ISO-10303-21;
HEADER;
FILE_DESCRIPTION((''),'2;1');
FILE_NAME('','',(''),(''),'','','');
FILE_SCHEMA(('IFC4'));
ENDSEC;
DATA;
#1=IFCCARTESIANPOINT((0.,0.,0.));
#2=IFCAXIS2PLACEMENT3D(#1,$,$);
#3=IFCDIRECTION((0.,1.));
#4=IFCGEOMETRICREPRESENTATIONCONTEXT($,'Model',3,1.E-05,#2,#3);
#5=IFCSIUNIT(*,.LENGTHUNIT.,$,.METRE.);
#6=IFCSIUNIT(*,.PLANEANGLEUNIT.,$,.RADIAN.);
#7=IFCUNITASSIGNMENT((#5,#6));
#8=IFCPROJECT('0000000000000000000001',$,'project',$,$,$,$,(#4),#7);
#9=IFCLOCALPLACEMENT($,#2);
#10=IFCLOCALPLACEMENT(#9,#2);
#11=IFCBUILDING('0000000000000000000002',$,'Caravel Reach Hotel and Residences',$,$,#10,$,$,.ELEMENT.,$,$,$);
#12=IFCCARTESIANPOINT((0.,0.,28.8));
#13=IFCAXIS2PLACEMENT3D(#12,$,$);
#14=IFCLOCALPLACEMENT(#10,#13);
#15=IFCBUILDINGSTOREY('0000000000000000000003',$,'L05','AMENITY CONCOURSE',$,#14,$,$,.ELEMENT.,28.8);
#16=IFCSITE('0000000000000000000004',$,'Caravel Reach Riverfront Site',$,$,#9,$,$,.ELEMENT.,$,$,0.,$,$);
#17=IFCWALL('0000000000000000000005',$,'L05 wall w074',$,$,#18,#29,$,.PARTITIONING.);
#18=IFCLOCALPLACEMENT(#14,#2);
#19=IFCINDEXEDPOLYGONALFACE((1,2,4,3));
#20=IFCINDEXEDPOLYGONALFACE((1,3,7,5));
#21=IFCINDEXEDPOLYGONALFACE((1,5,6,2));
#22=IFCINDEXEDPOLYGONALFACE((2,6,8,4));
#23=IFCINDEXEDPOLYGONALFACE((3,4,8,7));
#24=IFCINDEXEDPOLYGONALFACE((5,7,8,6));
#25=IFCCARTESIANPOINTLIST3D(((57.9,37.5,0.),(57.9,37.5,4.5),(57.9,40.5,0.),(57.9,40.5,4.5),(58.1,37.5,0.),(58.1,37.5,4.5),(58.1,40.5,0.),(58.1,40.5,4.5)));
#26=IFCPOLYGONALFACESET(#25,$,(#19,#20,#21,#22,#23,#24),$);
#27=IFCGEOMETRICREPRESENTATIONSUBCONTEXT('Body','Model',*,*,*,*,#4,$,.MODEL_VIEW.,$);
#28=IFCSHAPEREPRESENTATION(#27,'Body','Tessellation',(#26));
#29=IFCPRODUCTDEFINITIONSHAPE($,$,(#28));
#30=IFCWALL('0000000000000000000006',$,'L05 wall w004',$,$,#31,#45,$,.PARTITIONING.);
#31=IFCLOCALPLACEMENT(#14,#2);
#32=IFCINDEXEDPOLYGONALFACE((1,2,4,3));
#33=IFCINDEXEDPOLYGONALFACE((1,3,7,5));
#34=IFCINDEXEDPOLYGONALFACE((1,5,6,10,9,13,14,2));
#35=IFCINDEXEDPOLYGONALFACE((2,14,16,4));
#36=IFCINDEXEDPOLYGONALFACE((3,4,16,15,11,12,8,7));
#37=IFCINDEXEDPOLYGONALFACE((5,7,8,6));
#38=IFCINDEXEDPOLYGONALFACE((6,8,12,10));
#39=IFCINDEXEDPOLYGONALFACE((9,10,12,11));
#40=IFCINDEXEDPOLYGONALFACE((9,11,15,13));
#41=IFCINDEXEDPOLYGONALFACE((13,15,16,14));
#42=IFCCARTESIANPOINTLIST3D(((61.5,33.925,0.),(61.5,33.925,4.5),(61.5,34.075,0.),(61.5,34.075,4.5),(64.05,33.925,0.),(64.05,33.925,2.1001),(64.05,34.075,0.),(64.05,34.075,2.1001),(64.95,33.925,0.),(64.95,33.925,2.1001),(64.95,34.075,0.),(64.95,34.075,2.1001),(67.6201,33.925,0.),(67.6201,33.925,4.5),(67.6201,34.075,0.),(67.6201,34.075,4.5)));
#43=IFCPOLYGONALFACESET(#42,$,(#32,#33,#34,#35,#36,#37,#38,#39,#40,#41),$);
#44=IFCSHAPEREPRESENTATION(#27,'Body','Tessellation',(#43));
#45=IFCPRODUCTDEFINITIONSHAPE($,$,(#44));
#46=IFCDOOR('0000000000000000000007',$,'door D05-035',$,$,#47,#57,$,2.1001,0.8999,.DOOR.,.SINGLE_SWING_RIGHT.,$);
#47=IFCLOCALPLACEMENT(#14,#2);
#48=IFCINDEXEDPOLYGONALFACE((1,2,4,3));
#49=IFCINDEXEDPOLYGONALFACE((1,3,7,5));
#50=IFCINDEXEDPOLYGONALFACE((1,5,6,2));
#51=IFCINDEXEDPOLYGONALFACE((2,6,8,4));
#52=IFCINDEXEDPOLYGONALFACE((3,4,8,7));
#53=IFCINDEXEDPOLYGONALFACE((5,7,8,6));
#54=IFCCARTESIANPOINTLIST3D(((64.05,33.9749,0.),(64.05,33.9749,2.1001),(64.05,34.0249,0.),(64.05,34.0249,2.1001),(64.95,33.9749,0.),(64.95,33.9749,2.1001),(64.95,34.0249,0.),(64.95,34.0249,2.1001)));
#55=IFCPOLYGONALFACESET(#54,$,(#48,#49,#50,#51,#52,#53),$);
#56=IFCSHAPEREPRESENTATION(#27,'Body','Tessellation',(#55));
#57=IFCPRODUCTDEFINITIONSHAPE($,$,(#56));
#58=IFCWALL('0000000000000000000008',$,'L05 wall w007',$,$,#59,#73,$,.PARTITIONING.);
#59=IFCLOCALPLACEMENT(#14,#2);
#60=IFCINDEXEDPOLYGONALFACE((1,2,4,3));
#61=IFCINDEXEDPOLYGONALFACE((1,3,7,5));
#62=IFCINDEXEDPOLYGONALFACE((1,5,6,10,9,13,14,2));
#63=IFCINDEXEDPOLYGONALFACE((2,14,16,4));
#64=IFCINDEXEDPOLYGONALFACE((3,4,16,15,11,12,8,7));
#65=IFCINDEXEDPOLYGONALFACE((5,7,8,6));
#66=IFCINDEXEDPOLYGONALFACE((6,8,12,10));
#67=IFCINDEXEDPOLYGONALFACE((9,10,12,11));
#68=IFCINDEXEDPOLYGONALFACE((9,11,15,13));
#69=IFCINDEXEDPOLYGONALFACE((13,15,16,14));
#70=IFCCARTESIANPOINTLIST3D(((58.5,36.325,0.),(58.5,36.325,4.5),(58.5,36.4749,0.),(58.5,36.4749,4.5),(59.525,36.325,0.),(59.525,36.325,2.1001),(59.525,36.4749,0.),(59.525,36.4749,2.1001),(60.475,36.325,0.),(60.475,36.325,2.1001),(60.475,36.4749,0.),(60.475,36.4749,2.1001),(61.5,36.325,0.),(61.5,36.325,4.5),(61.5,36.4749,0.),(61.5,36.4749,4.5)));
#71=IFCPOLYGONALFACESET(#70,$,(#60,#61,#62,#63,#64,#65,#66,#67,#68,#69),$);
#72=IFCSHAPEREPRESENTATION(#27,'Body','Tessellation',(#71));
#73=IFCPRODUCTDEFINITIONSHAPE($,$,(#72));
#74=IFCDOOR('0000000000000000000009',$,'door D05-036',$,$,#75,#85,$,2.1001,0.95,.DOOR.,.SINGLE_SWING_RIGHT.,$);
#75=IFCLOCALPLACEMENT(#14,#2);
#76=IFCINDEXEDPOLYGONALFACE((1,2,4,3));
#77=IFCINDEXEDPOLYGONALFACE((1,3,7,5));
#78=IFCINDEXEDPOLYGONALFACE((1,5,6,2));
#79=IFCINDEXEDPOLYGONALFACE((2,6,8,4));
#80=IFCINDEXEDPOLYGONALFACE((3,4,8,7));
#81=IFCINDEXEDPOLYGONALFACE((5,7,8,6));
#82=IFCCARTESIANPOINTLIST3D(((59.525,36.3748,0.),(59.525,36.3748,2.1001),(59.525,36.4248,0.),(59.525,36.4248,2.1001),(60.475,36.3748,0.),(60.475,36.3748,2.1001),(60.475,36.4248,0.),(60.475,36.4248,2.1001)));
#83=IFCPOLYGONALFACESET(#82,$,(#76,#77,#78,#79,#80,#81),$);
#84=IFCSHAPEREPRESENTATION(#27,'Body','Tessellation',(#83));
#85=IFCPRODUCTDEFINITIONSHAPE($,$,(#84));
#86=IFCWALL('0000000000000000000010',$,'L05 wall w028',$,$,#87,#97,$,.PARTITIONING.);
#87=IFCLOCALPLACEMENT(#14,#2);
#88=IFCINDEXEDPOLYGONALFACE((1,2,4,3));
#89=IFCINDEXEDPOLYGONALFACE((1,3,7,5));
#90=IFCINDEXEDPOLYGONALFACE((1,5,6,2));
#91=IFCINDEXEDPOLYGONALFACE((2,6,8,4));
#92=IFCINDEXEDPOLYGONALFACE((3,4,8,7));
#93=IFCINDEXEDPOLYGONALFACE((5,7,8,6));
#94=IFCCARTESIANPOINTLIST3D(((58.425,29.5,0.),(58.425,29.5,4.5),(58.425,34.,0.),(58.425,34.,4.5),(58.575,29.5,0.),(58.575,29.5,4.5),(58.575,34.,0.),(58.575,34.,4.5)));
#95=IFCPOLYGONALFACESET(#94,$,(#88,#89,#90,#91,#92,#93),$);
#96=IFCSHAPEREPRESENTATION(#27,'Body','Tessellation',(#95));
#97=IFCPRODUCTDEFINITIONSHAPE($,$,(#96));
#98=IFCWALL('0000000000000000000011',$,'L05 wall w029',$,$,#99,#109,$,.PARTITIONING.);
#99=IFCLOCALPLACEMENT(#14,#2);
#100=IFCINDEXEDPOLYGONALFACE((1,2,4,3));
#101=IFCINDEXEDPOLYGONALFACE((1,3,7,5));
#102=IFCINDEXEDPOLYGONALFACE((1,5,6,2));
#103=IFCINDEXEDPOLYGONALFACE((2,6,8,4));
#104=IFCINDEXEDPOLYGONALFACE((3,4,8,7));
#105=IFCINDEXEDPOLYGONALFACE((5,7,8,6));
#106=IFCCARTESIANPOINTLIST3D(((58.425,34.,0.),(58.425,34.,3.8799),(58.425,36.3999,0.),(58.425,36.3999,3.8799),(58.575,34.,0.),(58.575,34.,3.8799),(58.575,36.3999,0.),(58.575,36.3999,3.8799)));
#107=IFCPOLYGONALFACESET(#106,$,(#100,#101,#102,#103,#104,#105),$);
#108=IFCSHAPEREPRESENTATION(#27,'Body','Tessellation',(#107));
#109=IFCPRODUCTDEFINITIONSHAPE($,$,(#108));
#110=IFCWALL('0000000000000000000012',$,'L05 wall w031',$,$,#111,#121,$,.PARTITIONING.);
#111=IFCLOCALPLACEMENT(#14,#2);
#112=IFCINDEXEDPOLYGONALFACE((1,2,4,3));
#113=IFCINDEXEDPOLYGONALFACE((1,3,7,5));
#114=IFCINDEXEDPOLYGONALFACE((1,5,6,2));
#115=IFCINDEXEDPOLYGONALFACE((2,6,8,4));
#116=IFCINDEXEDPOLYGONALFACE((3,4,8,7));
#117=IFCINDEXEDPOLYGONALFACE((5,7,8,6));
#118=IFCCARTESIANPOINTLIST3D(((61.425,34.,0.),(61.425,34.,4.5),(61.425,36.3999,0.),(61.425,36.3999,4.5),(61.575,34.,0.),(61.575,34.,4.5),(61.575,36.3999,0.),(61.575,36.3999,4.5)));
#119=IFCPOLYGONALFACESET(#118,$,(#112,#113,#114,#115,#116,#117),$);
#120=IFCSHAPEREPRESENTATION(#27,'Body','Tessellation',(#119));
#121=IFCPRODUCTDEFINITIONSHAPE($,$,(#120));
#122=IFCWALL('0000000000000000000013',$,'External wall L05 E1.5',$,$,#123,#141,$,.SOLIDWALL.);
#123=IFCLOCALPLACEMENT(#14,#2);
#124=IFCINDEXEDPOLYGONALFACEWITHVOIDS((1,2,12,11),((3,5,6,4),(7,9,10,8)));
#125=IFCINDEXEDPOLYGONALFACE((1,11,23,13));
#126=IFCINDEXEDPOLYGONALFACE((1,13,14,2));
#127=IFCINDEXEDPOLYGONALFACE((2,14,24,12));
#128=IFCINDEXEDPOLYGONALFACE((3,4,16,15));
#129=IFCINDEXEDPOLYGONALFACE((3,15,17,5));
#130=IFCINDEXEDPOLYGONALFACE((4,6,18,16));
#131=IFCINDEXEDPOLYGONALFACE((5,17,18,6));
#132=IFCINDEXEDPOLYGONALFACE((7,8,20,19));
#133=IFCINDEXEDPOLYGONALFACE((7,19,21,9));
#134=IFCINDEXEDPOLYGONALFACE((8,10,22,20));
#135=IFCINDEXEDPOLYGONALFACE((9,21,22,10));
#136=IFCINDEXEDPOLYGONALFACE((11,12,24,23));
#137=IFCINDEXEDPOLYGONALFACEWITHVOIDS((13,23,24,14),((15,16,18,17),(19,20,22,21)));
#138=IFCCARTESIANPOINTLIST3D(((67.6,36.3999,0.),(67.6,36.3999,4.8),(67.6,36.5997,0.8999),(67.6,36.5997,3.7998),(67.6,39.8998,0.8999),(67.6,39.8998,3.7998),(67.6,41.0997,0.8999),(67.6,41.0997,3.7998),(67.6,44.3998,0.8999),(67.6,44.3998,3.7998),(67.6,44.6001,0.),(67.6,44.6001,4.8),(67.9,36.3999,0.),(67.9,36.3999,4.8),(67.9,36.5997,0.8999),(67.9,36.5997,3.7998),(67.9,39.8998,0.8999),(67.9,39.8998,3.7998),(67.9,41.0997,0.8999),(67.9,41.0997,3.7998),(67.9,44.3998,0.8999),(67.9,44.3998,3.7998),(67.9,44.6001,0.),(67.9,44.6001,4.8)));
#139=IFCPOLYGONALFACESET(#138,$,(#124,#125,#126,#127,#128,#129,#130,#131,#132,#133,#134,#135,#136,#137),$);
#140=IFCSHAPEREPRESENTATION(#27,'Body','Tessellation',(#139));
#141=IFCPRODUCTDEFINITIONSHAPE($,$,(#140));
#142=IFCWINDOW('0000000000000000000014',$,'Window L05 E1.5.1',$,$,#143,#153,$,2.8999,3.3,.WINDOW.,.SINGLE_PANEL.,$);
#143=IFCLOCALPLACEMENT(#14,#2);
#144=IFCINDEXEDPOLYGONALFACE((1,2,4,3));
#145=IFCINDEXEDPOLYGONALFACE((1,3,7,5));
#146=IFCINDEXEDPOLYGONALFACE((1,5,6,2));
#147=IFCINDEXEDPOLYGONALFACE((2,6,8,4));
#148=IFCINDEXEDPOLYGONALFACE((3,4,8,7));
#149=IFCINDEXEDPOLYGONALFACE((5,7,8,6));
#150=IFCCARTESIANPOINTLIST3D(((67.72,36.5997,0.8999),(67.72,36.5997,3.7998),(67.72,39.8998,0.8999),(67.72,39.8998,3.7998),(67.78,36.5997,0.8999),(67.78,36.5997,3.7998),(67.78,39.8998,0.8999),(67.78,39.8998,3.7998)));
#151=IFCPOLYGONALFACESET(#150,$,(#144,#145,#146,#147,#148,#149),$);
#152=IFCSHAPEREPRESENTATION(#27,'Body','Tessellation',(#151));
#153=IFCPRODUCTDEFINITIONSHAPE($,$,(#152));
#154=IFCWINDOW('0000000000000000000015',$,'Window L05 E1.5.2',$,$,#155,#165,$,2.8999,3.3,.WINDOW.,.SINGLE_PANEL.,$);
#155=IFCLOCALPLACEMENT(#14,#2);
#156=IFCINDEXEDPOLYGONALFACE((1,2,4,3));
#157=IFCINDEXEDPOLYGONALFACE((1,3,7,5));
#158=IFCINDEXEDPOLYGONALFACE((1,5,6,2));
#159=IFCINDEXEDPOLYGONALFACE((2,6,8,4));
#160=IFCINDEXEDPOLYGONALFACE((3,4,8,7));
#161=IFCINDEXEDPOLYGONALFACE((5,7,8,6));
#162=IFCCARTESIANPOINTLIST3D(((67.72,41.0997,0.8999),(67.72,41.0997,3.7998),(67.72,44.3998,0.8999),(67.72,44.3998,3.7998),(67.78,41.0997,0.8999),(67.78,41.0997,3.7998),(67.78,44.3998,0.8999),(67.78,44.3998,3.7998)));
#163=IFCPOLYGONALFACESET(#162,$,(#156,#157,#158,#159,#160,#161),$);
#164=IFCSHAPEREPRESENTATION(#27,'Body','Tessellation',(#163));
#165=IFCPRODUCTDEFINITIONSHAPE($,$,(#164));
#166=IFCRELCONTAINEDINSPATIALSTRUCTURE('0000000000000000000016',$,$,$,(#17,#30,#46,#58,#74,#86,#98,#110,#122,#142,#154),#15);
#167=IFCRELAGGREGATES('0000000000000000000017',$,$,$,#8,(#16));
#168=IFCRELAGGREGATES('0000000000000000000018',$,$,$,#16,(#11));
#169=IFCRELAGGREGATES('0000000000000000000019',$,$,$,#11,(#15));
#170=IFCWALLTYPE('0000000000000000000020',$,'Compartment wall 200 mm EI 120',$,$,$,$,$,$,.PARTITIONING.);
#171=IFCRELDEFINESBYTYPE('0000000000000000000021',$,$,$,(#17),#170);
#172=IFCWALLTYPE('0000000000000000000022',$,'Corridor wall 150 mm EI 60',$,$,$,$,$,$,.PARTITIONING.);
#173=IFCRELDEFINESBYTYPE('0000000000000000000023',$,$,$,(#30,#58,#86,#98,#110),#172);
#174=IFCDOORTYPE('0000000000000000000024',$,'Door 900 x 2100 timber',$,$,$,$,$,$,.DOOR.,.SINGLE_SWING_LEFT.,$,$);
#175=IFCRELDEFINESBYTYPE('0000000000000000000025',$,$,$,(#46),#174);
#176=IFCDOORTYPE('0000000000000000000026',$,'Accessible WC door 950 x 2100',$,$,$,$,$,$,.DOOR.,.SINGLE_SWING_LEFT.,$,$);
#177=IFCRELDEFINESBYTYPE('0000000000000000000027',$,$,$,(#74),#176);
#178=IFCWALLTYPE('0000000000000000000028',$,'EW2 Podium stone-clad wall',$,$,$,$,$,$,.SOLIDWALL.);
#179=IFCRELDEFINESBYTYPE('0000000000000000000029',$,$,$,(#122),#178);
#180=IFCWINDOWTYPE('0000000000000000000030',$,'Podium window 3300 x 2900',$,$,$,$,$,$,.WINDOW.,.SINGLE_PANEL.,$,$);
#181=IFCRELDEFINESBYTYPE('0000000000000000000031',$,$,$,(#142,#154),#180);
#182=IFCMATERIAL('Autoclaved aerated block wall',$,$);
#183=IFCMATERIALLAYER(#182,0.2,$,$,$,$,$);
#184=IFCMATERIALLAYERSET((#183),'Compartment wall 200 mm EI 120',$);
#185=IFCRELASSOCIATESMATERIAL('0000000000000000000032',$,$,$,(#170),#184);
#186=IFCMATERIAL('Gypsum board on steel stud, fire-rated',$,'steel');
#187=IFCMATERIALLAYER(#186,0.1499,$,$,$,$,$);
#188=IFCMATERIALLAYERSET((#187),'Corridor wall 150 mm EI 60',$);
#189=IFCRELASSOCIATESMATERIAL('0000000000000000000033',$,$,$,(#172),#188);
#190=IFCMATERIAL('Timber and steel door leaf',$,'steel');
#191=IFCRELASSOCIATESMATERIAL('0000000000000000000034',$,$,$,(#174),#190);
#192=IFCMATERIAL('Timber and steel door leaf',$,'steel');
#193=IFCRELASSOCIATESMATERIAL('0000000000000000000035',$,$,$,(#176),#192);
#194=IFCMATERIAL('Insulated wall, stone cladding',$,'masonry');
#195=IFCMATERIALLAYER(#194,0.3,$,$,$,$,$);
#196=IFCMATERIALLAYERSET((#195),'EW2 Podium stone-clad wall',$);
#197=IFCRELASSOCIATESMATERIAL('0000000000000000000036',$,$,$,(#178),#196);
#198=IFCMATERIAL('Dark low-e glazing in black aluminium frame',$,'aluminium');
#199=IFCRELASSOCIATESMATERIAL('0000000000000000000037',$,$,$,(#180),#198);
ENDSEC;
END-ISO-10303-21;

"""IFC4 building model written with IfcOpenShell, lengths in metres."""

from ifc_helpers import new_model, si_unit, direction, frame, frame_2d, origin, place, context, subcontext, project, spatial, rectangle, extrude, material, layer, layer_set, type_object, element, fill, save


model = new_model("IFC4")

# Units and contexts
model_context = context("Model", 3, precision=1e-05, world=origin(), true_north=direction((0.0, 1.0)))
body_context = subcontext(model_context, "Body", "Model", "MODEL_VIEW")
ifc_project = project(units=[si_unit("LENGTHUNIT", "METRE"), si_unit("PLANEANGLEUNIT", "RADIAN")], contexts=[model_context])

# Site, building, storey
site_placement = place(None, origin())
site = spatial("IfcSite", under=ifc_project, at=site_placement, Name="Caravel Reach Riverfront Site", CompositionType="ELEMENT", RefElevation=0.0)
building_placement = place(site_placement, origin())
building = spatial("IfcBuilding", under=site, at=building_placement, Name="Caravel Reach Hotel and Residences", CompositionType="ELEMENT")
storey_placement = place(building_placement, frame((0.0, 0.0, 28.8)))
storey = spatial("IfcBuildingStorey", under=building, at=storey_placement, Name="L05", Description="AMENITY CONCOURSE", CompositionType="ELEMENT", Elevation=28.8)

# Shared definitions
ifc_material_1 = material(Name="Autoclaved aerated block wall")
ifc_layer_1 = layer(ifc_material_1, 0.2)
ifc_layer_set_1 = layer_set([ifc_layer_1], Name="Compartment wall 200 mm EI 120")
wall_type_1 = type_object("IfcWallType", Name="Compartment wall 200 mm EI 120", PredefinedType="PARTITIONING", material=ifc_layer_set_1)

# Wall
wall_1_placement = place(storey_placement, frame((58.0, 37.5, 0.0), z_axis=(0.0, 0.0, 1.0), x_axis=(0.0, 1.0, 0.0)))
element("IfcWall", 1, at=wall_1_placement, inside=storey, type_object=wall_type_1, Name="L05 wall w074", PredefinedType="PARTITIONING", context=body_context, shape_type="SweptSolid", body=[
    extrude(rectangle(XDim=3.0, YDim=0.2, at=frame_2d((1.5, 0.0))), origin(), (0.0, 0.0, 1.0), 4.5),
])

# Walls, openings, doors
ifc_material_2 = material(Name="Gypsum board on steel stud, fire-rated", Category="steel")
ifc_layer_2 = layer(ifc_material_2, 0.1499)
ifc_layer_set_2 = layer_set([ifc_layer_2], Name="Corridor wall 150 mm EI 60")
wall_type_2 = type_object("IfcWallType", Name="Corridor wall 150 mm EI 60", PredefinedType="PARTITIONING", material=ifc_layer_set_2)
wall_2_placement = place(storey_placement, frame((61.5, 34.0, 0.0), z_axis=(0.0, 0.0, 1.0), x_axis=(1.0, 0.0, 0.0)))
wall_2 = element("IfcWall", 2, at=wall_2_placement, inside=storey, type_object=wall_type_2, Name="L05 wall w004", PredefinedType="PARTITIONING", context=body_context, shape_type="SweptSolid", body=[
    extrude(rectangle(XDim=6.1201, YDim=0.1499, at=frame_2d((3.0601, 0.0))), origin(), (0.0, 0.0, 1.0), 4.5),
])
opening_1_placement = place(wall_2_placement, frame((2.55, 0.0, 0.0)))
opening_1 = element("IfcOpeningElement", 3, at=opening_1_placement, cuts=wall_2, PredefinedType="OPENING", context=body_context, shape_type="SweptSolid", body=[
    extrude(rectangle(XDim=0.8999, YDim=2.1001, at=frame_2d((0.45, 1.05))), frame((0.0, 0.085, 0.0), z_axis=(0.0, -1.0, 0.0), x_axis=(1.0, 0.0, 0.0)), (0.0, 0.0, 1.0), 0.1699),
])
ifc_material_3 = material(Name="Timber and steel door leaf", Category="steel")
door_type_1 = type_object("IfcDoorType", Name="Door 900 x 2100 timber", OperationType="SINGLE_SWING_LEFT", PredefinedType="DOOR", material=ifc_material_3)
door_1_placement = place(opening_1_placement, origin())
door_1 = element("IfcDoor", 4, at=door_1_placement, inside=storey, type_object=door_type_1, Name="door D05-035", OperationType="SINGLE_SWING_RIGHT", OverallHeight=2.1001, OverallWidth=0.8999, PredefinedType="DOOR", context=body_context, shape_type="SweptSolid", body=[
    extrude(rectangle(XDim=0.8999, YDim=2.1001, at=frame_2d((0.45, 1.05))), frame((0.0, 0.0249, 0.0), z_axis=(0.0, -1.0, 0.0), x_axis=(1.0, 0.0, 0.0)), (0.0, 0.0, 1.0), 0.05),
])
fill(opening_1, door_1)
wall_3_placement = place(storey_placement, frame((58.5, 36.3999, 0.0), z_axis=(0.0, 0.0, 1.0), x_axis=(1.0, 0.0, 0.0)))
wall_3 = element("IfcWall", 5, at=wall_3_placement, inside=storey, type_object=wall_type_2, Name="L05 wall w007", PredefinedType="PARTITIONING", context=body_context, shape_type="SweptSolid", body=[
    extrude(rectangle(XDim=3.0, YDim=0.1499, at=frame_2d((1.5, 0.0))), origin(), (0.0, 0.0, 1.0), 4.5),
])
opening_2_placement = place(wall_3_placement, frame((1.0249, 0.0, 0.0)))
opening_2 = element("IfcOpeningElement", 6, at=opening_2_placement, cuts=wall_3, PredefinedType="OPENING", context=body_context, shape_type="SweptSolid", body=[
    extrude(rectangle(XDim=0.95, YDim=2.1001, at=frame_2d((0.4751, 1.05))), frame((0.0, 0.085, 0.0), z_axis=(0.0, -1.0, 0.0), x_axis=(1.0, 0.0, 0.0)), (0.0, 0.0, 1.0), 0.1699),
])
ifc_material_4 = material(Name="Timber and steel door leaf", Category="steel")
door_type_2 = type_object("IfcDoorType", Name="Accessible WC door 950 x 2100", OperationType="SINGLE_SWING_LEFT", PredefinedType="DOOR", material=ifc_material_4)
door_2_placement = place(opening_2_placement, origin())
door_2 = element("IfcDoor", 7, at=door_2_placement, inside=storey, type_object=door_type_2, Name="door D05-036", OperationType="SINGLE_SWING_RIGHT", OverallHeight=2.1001, OverallWidth=0.95, PredefinedType="DOOR", context=body_context, shape_type="SweptSolid", body=[
    extrude(rectangle(XDim=0.95, YDim=2.1001, at=frame_2d((0.4751, 1.05))), frame((0.0, 0.0249, 0.0), z_axis=(0.0, -1.0, 0.0), x_axis=(1.0, 0.0, 0.0)), (0.0, 0.0, 1.0), 0.05),
])
fill(opening_2, door_2)

# Walls
wall_4_placement = place(storey_placement, frame((58.5, 29.5, 0.0), z_axis=(0.0, 0.0, 1.0), x_axis=(0.0, 1.0, 0.0)))
element("IfcWall", 8, at=wall_4_placement, inside=storey, type_object=wall_type_2, Name="L05 wall w028", PredefinedType="PARTITIONING", context=body_context, shape_type="SweptSolid", body=[
    extrude(rectangle(XDim=4.5, YDim=0.1499, at=frame_2d((2.25, 0.0))), origin(), (0.0, 0.0, 1.0), 4.5),
])
wall_5_placement = place(storey_placement, frame((58.5, 34.0, 0.0), z_axis=(0.0, 0.0, 1.0), x_axis=(0.0, 1.0, 0.0)))
element("IfcWall", 9, at=wall_5_placement, inside=storey, type_object=wall_type_2, Name="L05 wall w029", PredefinedType="PARTITIONING", context=body_context, shape_type="SweptSolid", body=[
    extrude(rectangle(XDim=2.3999, YDim=0.1499, at=frame_2d((1.2, 0.0))), origin(), (0.0, 0.0, 1.0), 3.8799),
])
wall_6_placement = place(storey_placement, frame((61.5, 34.0, 0.0), z_axis=(0.0, 0.0, 1.0), x_axis=(0.0, 1.0, 0.0)))
element("IfcWall", 10, at=wall_6_placement, inside=storey, type_object=wall_type_2, Name="L05 wall w031", PredefinedType="PARTITIONING", context=body_context, shape_type="SweptSolid", body=[
    extrude(rectangle(XDim=2.3999, YDim=0.1499, at=frame_2d((1.2, 0.0))), origin(), (0.0, 0.0, 1.0), 4.5),
])

# Wall, openings, windows
ifc_material_5 = material(Name="Insulated wall, stone cladding", Category="masonry")
ifc_layer_3 = layer(ifc_material_5, 0.3)
ifc_layer_set_3 = layer_set([ifc_layer_3], Name="EW2 Podium stone-clad wall")
wall_type_3 = type_object("IfcWallType", Name="EW2 Podium stone-clad wall", PredefinedType="SOLIDWALL", material=ifc_layer_set_3)
wall_7_placement = place(storey_placement, frame((67.75, 36.3999, 0.0), z_axis=(0.0, 0.0, 1.0), x_axis=(0.0, 1.0, 0.0)))
wall_7 = element("IfcWall", 11, at=wall_7_placement, inside=storey, type_object=wall_type_3, Name="External wall L05 E1.5", PredefinedType="SOLIDWALL", context=body_context, shape_type="SweptSolid", body=[
    extrude(rectangle(XDim=8.2002, YDim=0.3, at=frame_2d((4.1001, 0.0))), origin(), (0.0, 0.0, 1.0), 4.8),
])
opening_3_placement = place(wall_7_placement, frame((0.2, 0.0, 0.8999)))
opening_3 = element("IfcOpeningElement", 12, at=opening_3_placement, cuts=wall_7, PredefinedType="OPENING", context=body_context, shape_type="SweptSolid", body=[
    extrude(rectangle(XDim=3.3, YDim=2.8999, at=frame_2d((1.6499, 1.45))), frame((0.0, 0.1599, 0.0), z_axis=(0.0, -1.0, 0.0), x_axis=(1.0, 0.0, 0.0)), (0.0, 0.0, 1.0), 0.3201),
])
opening_4_placement = place(wall_7_placement, frame((4.7, 0.0, 0.8999)))
opening_4 = element("IfcOpeningElement", 13, at=opening_4_placement, cuts=wall_7, PredefinedType="OPENING", context=body_context, shape_type="SweptSolid", body=[
    extrude(rectangle(XDim=3.3, YDim=2.8999, at=frame_2d((1.6499, 1.45))), frame((0.0, 0.1599, 0.0), z_axis=(0.0, -1.0, 0.0), x_axis=(1.0, 0.0, 0.0)), (0.0, 0.0, 1.0), 0.3201),
])
ifc_material_6 = material(Name="Dark low-e glazing in black aluminium frame", Category="aluminium")
window_type = type_object("IfcWindowType", Name="Podium window 3300 x 2900", PartitioningType="SINGLE_PANEL", PredefinedType="WINDOW", material=ifc_material_6)
window_1_placement = place(opening_3_placement, origin())
window_1 = element("IfcWindow", 14, at=window_1_placement, inside=storey, type_object=window_type, Name="Window L05 E1.5.1", OverallHeight=2.8999, OverallWidth=3.3, PartitioningType="SINGLE_PANEL", PredefinedType="WINDOW", context=body_context, shape_type="SweptSolid", body=[
    extrude(rectangle(XDim=3.3, YDim=2.8999, at=frame_2d((1.6499, 1.45))), frame((0.0, 0.03, 0.0), z_axis=(0.0, -1.0, 0.0), x_axis=(1.0, 0.0, 0.0)), (0.0, 0.0, 1.0), 0.0601),
])
fill(opening_3, window_1)
window_2_placement = place(opening_4_placement, origin())
window_2 = element("IfcWindow", 15, at=window_2_placement, inside=storey, type_object=window_type, Name="Window L05 E1.5.2", OverallHeight=2.8999, OverallWidth=3.3, PartitioningType="SINGLE_PANEL", PredefinedType="WINDOW", context=body_context, shape_type="SweptSolid", body=[
    extrude(rectangle(XDim=3.3, YDim=2.8999, at=frame_2d((1.6499, 1.45))), frame((0.0, 0.03, 0.0), z_axis=(0.0, -1.0, 0.0), x_axis=(1.0, 0.0, 0.0)), (0.0, 0.0, 1.0), 0.0601),
])
fill(opening_4, window_2)

save(model, "model.ifc")
